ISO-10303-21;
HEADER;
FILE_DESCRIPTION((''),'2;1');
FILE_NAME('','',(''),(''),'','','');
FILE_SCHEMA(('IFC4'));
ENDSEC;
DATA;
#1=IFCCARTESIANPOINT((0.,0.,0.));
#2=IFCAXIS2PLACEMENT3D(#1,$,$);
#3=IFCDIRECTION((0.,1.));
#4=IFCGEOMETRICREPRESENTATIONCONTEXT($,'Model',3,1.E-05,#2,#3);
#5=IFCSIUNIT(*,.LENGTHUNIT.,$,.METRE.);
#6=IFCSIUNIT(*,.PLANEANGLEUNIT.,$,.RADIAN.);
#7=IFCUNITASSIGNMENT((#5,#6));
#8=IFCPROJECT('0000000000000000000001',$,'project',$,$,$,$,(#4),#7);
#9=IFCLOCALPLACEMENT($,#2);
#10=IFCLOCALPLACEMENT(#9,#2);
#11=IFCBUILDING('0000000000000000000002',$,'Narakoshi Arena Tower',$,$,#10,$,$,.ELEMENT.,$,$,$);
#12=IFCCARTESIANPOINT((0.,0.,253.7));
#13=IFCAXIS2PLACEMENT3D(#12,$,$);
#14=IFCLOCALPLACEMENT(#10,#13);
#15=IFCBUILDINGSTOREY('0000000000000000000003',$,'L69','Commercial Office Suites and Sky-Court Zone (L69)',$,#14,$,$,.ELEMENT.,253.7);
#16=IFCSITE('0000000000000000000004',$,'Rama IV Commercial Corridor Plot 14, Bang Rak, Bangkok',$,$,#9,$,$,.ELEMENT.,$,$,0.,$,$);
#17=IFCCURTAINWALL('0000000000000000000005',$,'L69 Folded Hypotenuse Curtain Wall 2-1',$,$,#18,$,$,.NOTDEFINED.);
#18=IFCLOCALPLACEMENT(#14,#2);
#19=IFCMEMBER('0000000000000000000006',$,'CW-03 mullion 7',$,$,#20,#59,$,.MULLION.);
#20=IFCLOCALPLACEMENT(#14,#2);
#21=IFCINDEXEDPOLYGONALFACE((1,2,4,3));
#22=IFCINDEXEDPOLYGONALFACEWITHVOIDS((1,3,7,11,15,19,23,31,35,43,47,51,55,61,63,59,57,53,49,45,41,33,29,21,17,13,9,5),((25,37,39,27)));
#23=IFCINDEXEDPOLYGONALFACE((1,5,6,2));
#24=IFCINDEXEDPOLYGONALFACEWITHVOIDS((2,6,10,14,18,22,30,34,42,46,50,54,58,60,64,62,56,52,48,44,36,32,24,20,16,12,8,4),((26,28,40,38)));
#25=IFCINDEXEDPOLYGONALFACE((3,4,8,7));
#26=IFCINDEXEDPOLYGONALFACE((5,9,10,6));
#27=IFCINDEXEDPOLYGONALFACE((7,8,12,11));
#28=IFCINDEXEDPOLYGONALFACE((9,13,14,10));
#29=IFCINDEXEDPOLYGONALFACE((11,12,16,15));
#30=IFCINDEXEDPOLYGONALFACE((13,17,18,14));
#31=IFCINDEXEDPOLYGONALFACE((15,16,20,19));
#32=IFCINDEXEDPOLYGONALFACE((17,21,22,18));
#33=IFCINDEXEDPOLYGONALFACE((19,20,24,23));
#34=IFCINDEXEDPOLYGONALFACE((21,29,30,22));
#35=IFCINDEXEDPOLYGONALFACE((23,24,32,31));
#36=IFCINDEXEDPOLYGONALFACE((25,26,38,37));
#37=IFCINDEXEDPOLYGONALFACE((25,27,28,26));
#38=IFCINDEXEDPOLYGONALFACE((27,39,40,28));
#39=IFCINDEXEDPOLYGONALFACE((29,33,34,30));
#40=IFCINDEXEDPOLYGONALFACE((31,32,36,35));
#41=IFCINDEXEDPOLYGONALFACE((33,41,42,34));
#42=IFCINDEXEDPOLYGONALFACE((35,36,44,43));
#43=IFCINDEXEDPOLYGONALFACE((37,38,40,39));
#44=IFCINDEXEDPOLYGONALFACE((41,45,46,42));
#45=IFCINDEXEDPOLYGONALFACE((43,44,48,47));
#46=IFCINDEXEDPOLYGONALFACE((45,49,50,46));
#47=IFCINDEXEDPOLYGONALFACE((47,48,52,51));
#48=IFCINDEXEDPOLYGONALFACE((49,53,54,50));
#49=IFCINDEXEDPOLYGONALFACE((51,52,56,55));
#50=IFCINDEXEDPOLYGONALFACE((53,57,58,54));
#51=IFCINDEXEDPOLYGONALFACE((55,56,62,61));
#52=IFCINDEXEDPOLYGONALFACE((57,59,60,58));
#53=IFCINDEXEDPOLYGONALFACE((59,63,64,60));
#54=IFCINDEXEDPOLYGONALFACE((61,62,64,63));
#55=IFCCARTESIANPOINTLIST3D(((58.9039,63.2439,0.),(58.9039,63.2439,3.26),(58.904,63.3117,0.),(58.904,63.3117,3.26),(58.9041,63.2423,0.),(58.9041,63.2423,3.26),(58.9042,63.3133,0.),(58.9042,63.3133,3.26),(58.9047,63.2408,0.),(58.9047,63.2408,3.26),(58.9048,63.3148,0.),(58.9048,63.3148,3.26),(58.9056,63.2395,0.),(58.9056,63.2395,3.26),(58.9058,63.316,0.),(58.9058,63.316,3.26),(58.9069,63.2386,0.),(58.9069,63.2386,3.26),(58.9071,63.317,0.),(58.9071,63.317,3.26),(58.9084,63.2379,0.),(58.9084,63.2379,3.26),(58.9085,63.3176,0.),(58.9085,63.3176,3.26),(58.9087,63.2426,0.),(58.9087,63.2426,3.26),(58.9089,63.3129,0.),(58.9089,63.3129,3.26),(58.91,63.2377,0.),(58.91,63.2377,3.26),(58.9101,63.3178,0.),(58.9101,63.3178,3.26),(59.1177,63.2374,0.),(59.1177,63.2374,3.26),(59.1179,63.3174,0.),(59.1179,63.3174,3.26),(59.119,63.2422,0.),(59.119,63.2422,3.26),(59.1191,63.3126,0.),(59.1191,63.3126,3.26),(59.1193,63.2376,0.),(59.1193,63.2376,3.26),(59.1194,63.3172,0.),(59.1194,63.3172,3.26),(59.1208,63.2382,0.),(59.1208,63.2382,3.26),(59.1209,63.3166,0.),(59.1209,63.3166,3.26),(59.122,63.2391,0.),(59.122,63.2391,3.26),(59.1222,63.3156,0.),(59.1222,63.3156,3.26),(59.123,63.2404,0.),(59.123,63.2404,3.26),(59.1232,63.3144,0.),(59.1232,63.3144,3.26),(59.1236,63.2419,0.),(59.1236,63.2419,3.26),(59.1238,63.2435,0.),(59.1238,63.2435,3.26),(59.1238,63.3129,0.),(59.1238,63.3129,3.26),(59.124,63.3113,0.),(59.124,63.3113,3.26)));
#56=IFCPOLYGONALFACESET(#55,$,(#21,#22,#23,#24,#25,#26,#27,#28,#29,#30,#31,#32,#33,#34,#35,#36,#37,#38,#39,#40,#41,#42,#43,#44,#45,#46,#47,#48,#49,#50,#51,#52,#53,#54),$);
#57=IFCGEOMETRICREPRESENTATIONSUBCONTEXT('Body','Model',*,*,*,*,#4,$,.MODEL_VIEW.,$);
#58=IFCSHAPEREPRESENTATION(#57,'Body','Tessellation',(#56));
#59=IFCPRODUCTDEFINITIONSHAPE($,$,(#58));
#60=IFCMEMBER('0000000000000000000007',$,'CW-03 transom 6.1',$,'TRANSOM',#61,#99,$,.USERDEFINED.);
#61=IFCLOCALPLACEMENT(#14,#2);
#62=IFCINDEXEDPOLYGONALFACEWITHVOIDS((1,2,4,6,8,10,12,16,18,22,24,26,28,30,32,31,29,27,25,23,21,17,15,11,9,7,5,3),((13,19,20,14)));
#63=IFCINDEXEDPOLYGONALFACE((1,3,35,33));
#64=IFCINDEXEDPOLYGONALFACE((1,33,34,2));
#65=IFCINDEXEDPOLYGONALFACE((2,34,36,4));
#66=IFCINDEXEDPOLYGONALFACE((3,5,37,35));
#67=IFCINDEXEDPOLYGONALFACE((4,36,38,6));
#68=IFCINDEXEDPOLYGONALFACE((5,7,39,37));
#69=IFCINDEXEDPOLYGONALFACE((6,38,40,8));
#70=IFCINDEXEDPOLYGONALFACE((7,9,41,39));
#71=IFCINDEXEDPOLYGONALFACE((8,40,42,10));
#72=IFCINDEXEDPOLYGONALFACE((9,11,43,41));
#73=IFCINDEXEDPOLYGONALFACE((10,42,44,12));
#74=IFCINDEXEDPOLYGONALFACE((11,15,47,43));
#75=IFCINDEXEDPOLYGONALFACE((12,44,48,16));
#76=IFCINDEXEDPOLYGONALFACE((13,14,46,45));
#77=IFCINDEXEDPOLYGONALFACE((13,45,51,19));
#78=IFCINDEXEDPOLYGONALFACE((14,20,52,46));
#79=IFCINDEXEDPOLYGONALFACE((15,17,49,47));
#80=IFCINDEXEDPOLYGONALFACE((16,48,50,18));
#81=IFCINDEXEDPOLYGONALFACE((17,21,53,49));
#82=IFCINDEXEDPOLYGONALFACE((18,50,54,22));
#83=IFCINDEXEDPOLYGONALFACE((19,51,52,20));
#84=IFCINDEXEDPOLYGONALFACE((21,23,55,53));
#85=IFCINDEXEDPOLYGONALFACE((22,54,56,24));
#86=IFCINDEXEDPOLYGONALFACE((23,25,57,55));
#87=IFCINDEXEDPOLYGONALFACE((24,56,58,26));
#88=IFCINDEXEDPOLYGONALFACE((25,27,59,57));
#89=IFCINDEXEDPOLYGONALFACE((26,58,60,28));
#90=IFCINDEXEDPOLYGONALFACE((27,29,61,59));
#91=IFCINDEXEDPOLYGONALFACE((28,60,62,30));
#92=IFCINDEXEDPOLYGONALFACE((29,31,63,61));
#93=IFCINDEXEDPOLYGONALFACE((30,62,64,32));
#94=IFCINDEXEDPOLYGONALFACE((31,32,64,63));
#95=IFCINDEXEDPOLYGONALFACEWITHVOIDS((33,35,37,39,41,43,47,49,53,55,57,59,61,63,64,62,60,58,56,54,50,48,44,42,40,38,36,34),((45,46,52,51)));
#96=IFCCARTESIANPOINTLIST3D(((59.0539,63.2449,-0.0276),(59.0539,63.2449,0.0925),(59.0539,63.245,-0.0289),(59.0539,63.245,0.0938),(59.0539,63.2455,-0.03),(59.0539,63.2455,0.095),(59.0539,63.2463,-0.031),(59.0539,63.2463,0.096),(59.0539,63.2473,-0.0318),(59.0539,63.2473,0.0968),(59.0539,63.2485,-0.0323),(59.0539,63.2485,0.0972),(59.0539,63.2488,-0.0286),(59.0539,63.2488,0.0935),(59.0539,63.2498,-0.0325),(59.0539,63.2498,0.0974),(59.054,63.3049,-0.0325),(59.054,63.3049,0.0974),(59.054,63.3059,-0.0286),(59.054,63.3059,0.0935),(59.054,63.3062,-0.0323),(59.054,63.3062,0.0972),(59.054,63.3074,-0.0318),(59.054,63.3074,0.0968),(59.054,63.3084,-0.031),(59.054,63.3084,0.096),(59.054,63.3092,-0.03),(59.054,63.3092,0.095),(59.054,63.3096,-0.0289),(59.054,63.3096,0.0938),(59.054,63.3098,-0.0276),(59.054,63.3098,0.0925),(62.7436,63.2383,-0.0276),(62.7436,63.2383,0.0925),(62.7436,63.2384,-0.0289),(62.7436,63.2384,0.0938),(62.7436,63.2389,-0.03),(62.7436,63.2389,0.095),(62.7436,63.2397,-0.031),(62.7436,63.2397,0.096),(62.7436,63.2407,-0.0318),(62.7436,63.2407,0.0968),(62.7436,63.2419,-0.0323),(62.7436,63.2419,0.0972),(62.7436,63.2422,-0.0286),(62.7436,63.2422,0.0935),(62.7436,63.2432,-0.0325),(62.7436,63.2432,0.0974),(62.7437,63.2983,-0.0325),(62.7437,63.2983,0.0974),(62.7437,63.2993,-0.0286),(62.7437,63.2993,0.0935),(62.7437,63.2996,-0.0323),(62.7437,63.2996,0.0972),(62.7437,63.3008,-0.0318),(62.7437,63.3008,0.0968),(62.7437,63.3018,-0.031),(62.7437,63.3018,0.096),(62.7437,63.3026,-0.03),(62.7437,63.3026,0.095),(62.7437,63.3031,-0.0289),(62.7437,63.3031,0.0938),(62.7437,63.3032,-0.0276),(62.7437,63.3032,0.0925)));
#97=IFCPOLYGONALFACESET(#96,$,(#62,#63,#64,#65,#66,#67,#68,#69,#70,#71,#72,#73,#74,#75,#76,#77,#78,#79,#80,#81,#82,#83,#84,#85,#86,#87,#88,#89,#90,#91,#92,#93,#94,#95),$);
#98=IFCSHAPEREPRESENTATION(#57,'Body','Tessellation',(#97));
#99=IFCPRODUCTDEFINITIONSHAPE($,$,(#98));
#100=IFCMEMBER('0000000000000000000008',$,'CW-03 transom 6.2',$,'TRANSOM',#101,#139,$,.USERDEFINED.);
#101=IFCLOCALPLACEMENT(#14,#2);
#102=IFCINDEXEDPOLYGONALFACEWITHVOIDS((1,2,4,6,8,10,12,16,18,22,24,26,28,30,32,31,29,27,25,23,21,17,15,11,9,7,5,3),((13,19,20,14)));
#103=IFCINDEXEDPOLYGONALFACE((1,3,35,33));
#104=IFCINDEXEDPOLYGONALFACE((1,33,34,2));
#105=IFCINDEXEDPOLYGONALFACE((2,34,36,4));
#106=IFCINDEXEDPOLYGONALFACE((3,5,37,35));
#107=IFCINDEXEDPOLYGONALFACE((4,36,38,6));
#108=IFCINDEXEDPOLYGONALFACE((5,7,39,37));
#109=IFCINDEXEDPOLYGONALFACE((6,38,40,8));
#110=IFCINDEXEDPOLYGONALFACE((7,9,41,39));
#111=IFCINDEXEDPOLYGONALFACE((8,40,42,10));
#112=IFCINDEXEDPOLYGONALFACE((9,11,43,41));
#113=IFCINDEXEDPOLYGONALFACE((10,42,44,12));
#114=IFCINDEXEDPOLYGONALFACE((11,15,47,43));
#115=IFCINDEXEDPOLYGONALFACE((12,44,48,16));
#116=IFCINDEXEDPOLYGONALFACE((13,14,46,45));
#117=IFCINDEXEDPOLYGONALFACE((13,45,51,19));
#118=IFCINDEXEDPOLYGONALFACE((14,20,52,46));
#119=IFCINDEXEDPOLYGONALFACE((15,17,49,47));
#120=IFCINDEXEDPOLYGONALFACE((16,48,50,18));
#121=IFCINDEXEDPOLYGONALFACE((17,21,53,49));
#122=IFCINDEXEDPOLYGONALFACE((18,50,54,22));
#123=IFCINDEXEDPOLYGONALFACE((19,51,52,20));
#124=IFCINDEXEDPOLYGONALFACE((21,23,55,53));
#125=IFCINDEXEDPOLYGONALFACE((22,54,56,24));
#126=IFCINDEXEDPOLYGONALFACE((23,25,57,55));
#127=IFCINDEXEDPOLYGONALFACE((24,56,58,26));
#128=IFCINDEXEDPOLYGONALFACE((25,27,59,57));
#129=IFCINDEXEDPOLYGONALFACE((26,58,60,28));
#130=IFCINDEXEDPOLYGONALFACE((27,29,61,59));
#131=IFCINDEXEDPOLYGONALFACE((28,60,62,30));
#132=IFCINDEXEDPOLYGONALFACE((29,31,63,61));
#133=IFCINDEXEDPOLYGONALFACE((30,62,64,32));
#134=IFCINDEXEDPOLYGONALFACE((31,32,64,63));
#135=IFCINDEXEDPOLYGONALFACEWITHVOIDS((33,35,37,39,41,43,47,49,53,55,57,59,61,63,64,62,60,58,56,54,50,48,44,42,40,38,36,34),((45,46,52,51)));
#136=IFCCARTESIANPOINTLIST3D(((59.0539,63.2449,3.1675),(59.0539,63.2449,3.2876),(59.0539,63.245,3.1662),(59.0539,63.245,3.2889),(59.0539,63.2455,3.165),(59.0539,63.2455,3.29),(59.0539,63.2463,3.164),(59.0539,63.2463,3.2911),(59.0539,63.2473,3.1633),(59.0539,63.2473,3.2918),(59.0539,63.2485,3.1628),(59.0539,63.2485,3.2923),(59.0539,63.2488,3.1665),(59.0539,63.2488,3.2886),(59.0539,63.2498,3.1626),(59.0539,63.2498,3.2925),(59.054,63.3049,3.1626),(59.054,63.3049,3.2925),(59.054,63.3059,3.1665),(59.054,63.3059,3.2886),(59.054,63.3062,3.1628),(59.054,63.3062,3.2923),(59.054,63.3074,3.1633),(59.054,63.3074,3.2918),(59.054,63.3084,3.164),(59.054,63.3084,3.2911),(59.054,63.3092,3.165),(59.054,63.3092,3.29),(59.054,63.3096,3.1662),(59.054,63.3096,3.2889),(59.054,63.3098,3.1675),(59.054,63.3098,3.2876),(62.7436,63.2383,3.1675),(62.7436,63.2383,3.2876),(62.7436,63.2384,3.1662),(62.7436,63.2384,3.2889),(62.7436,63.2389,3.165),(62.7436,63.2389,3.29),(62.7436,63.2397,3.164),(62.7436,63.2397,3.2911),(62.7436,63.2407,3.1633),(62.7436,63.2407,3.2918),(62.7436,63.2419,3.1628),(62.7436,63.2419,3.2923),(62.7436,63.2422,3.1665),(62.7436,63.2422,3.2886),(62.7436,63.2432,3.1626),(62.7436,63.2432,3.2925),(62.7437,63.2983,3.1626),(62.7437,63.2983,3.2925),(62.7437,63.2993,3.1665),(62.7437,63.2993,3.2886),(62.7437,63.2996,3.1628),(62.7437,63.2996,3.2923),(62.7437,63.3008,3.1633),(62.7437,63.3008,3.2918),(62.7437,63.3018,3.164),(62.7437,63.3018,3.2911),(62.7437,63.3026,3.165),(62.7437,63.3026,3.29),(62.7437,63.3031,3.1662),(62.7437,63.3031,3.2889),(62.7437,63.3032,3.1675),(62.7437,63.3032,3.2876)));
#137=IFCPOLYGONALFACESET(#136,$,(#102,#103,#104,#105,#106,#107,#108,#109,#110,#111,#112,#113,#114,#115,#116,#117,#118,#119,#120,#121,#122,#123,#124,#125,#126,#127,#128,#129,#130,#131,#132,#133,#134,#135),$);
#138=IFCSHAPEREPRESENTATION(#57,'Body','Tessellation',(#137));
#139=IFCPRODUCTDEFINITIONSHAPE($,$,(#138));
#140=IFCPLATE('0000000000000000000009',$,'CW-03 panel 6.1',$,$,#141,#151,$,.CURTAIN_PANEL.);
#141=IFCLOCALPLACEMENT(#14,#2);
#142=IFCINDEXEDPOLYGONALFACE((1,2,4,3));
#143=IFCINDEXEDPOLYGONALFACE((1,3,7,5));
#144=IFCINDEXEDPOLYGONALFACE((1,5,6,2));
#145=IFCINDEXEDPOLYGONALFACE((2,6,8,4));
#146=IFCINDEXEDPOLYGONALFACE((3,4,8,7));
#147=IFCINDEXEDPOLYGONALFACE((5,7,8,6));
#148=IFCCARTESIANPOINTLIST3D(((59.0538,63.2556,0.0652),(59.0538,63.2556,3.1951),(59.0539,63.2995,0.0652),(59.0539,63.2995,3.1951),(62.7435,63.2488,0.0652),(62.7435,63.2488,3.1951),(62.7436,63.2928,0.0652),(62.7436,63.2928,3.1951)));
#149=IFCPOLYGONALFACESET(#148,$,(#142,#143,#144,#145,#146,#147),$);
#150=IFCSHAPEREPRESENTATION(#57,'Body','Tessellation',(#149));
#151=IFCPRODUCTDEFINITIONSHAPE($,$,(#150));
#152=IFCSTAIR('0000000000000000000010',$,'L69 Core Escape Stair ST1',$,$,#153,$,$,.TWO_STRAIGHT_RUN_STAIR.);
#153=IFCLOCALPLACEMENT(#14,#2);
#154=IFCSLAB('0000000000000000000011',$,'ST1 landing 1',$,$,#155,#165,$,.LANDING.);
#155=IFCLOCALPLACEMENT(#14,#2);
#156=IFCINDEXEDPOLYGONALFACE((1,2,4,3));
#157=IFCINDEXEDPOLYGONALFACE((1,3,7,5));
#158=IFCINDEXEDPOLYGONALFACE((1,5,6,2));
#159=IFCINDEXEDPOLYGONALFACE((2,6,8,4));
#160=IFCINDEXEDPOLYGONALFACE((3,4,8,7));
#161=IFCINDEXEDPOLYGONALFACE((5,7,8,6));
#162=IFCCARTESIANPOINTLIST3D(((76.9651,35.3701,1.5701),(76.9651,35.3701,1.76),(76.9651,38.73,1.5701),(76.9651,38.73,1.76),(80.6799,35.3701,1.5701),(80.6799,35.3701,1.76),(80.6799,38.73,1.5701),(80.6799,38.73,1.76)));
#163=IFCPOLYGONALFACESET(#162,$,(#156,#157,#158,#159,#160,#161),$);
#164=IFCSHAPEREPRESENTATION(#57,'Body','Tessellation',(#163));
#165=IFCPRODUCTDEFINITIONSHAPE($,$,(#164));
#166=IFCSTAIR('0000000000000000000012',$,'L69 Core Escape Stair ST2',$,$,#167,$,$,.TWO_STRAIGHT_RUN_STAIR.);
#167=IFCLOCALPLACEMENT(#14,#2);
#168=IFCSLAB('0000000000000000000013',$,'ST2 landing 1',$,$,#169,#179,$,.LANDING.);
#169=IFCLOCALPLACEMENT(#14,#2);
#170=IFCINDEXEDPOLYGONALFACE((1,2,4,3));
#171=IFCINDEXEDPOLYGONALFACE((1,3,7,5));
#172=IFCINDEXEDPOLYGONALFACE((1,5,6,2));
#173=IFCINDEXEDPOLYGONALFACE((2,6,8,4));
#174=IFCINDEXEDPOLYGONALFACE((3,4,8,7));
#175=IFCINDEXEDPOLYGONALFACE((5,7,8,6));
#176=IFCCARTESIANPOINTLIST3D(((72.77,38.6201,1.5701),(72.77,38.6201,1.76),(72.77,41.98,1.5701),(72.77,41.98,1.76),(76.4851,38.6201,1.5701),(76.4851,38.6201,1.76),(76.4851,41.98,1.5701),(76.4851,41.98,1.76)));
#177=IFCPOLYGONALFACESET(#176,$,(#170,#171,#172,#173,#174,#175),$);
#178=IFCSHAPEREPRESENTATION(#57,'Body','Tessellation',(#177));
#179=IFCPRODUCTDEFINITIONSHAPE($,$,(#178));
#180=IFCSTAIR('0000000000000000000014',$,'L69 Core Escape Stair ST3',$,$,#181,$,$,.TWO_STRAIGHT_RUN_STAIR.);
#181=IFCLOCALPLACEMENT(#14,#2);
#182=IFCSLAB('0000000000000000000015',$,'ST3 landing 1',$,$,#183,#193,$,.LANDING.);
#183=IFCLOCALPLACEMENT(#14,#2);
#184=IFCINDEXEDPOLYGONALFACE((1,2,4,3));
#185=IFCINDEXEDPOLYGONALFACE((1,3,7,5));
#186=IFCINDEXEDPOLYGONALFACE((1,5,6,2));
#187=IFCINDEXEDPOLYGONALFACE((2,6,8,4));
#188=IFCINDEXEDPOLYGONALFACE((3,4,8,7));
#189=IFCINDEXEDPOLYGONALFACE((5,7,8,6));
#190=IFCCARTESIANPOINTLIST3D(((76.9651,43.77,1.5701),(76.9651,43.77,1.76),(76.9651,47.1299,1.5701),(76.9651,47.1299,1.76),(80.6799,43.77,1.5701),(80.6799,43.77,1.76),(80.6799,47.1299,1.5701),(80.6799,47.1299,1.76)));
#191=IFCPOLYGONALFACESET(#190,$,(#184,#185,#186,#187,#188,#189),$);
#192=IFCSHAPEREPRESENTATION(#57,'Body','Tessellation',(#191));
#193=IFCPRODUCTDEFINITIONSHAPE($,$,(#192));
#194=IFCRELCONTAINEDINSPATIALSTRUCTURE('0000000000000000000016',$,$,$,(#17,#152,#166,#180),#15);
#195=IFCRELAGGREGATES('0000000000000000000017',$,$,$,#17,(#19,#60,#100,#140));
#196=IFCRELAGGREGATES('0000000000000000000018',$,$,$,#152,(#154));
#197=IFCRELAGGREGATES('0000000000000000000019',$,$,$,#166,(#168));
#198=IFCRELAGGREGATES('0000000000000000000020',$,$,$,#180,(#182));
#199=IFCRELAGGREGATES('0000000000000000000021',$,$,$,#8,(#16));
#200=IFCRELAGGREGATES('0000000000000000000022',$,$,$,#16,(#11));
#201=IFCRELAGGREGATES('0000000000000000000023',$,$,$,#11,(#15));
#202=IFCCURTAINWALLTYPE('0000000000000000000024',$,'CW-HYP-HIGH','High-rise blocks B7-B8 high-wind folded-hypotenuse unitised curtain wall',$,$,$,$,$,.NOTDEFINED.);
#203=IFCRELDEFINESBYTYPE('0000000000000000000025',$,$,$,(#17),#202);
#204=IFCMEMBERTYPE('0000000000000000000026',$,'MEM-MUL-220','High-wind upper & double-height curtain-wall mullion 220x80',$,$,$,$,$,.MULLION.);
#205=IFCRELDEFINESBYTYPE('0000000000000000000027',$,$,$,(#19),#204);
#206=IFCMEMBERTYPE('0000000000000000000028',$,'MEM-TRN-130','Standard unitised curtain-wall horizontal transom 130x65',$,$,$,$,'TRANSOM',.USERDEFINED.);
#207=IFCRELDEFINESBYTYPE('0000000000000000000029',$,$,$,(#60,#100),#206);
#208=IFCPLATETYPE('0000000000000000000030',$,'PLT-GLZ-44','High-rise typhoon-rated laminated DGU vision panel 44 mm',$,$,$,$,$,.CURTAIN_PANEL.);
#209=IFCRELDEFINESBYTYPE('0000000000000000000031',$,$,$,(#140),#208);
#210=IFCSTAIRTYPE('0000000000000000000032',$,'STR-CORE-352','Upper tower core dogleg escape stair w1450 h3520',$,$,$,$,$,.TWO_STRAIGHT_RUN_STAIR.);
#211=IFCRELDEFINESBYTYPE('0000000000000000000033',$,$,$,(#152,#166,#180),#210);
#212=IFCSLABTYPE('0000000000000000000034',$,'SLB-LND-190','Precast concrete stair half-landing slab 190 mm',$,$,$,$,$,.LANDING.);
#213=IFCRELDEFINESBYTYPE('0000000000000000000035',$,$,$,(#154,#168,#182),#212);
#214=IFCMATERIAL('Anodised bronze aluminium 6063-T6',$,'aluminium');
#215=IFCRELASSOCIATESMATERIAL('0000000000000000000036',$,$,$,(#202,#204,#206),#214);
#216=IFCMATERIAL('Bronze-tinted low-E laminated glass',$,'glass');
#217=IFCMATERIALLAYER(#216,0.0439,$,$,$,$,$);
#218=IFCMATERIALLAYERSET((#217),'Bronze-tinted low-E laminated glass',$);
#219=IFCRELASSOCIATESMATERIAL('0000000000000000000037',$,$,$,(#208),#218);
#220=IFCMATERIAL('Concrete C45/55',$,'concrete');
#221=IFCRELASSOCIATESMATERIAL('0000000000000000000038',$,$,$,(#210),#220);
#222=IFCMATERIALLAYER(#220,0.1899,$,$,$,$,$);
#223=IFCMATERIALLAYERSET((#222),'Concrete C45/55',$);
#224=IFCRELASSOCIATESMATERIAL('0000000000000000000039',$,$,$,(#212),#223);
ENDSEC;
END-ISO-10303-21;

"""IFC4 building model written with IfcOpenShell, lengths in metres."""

from ifc_helpers import new_model, si_unit, direction, frame, origin, origin_2d, place, context, subcontext, project, spatial, polyline, rectangle, hollow_rectangle, outline, extrude, material, layer, layer_set, material_profile, profile_set, type_object, element, aggregate, save


model = new_model("IFC4")

# Units and contexts
model_context = context("Model", 3, precision=1e-05, world=origin(), true_north=direction((0.0, 1.0)))
body_context = subcontext(model_context, "Body", "Model", "MODEL_VIEW")
ifc_project = project(units=[si_unit("LENGTHUNIT", "METRE"), si_unit("PLANEANGLEUNIT", "RADIAN")], contexts=[model_context])

# Site, building, storey
site_placement = place(None, origin())
site = spatial("IfcSite", under=ifc_project, at=site_placement, Name="Rama IV Commercial Corridor Plot 14, Bang Rak, Bangkok", CompositionType="ELEMENT", RefElevation=0.0)
building_placement = place(site_placement, origin())
building = spatial("IfcBuilding", under=site, at=building_placement, Name="Narakoshi Arena Tower", CompositionType="ELEMENT")
storey_placement = place(building_placement, frame((0.0, 0.0, 253.7)))
storey = spatial("IfcBuildingStorey", under=building, at=storey_placement, Name="L69", Description="Commercial Office Suites and Sky-Court Zone (L69)", CompositionType="ELEMENT", Elevation=253.7)

# Curtain wall, members, plate
ifc_material_1 = material(Name="Anodised bronze aluminium 6063-T6", Category="aluminium")
curtain_wall_type = type_object("IfcCurtainWallType", Name="CW-HYP-HIGH", Description="High-rise blocks B7-B8 high-wind folded-hypotenuse unitised curtain wall", PredefinedType="NOTDEFINED", material=ifc_material_1)
curtain_wall_placement = place(storey_placement, origin())
curtain_wall = element("IfcCurtainWall", 1, at=curtain_wall_placement, inside=storey, type_object=curtain_wall_type, Name="L69 Folded Hypotenuse Curtain Wall 2-1", PredefinedType="NOTDEFINED")
ifc_material_profile_1 = material_profile(ifc_material_1, hollow_rectangle(XDim=0.0801, YDim=0.22, WallThickness=0.0049, OuterFilletRadius=0.0061, at=origin_2d()), Name="MUL220x80x5")
ifc_profile_set_1 = profile_set([ifc_material_profile_1], Name="Anodised bronze aluminium 6063-T6")
member_type_1 = type_object("IfcMemberType", Name="MEM-MUL-220", Description="High-wind upper & double-height curtain-wall mullion 220x80", PredefinedType="MULLION", material=ifc_profile_set_1)
member_1_placement = place(storey_placement, frame((59.0139, 63.2776, 0.0), z_axis=(0.0, 0.0, 1.0), x_axis=(-0.00182, -0.999998, 0.0)))
member_1 = element("IfcMember", 2, at=member_1_placement, type_object=member_type_1, Name="CW-03 mullion 7", PredefinedType="MULLION", context=body_context, shape_type="SweptSolid", body=[
    extrude(hollow_rectangle(XDim=0.0801, YDim=0.22, WallThickness=0.0049, OuterFilletRadius=0.0061, at=origin_2d()), origin(), (0.0, 0.0, 1.0), 3.26),
])
ifc_material_profile_2 = material_profile(ifc_material_1, hollow_rectangle(XDim=0.0649, YDim=0.1299, WallThickness=0.0039, OuterFilletRadius=0.0049, at=origin_2d()), Name="TRN130x65x4")
ifc_profile_set_2 = profile_set([ifc_material_profile_2], Name="Anodised bronze aluminium 6063-T6")
member_type_2 = type_object("IfcMemberType", Name="MEM-TRN-130", Description="Standard unitised curtain-wall horizontal transom 130x65", ElementType="TRANSOM", PredefinedType="USERDEFINED", material=ifc_profile_set_2)
member_2_placement = place(storey_placement, frame((62.7437, 63.2708, 0.0325), z_axis=(-0.999998, 0.001787, 0.0), x_axis=(-0.001787, -0.999998, 0.0)))
member_2 = element("IfcMember", 3, at=member_2_placement, type_object=member_type_2, Name="CW-03 transom 6.1", ObjectType="TRANSOM", PredefinedType="USERDEFINED", context=body_context, shape_type="SweptSolid", body=[
    extrude(hollow_rectangle(XDim=0.0649, YDim=0.1299, WallThickness=0.0039, OuterFilletRadius=0.0049, at=origin_2d()), origin(), (0.0, 0.0, 1.0), 3.6897),
])
member_3_placement = place(storey_placement, frame((62.7437, 63.2708, 3.2275), z_axis=(-0.999998, 0.001787, 0.0), x_axis=(-0.001787, -0.999998, 0.0)))
member_3 = element("IfcMember", 4, at=member_3_placement, type_object=member_type_2, Name="CW-03 transom 6.2", ObjectType="TRANSOM", PredefinedType="USERDEFINED", context=body_context, shape_type="SweptSolid", body=[
    extrude(hollow_rectangle(XDim=0.0649, YDim=0.1299, WallThickness=0.0039, OuterFilletRadius=0.0049, at=origin_2d()), origin(), (0.0, 0.0, 1.0), 3.6897),
])
ifc_material_2 = material(Name="Bronze-tinted low-E laminated glass", Category="glass")
ifc_layer_1 = layer(ifc_material_2, 0.0439)
ifc_layer_set_1 = layer_set([ifc_layer_1], Name="Bronze-tinted low-E laminated glass")
plate_type = type_object("IfcPlateType", Name="PLT-GLZ-44", Description="High-rise typhoon-rated laminated DGU vision panel 44 mm", PredefinedType="CURTAIN_PANEL", material=ifc_layer_set_1)
plate_placement = place(storey_placement, frame((60.8987, 63.2742, 0.0652), z_axis=(0.0, 0.0, 1.0), x_axis=(-0.999998, 0.00182, 0.0)))
plate = element("IfcPlate", 5, at=plate_placement, type_object=plate_type, Name="CW-03 panel 6.1", PredefinedType="CURTAIN_PANEL", context=body_context, shape_type="SweptSolid", body=[
    extrude(rectangle(XDim=3.6897, YDim=0.0439, at=origin_2d()), origin(), (0.0, 0.0, 1.0), 3.1299),
])
aggregate(curtain_wall, [member_1, member_2, member_3, plate])

# Stairs, slabs
ifc_material_3 = material(Name="Concrete C45/55", Category="concrete")
stair_type = type_object("IfcStairType", Name="STR-CORE-352", Description="Upper tower core dogleg escape stair w1450 h3520", PredefinedType="TWO_STRAIGHT_RUN_STAIR", material=ifc_material_3)
stair_1_placement = place(storey_placement, origin())
stair_1 = element("IfcStair", 6, at=stair_1_placement, inside=storey, type_object=stair_type, Name="L69 Core Escape Stair ST1", PredefinedType="TWO_STRAIGHT_RUN_STAIR")
ifc_layer_2 = layer(ifc_material_3, 0.1899)
ifc_layer_set_2 = layer_set([ifc_layer_2], Name="Concrete C45/55")
slab_type_1 = type_object("IfcSlabType", Name="SLB-LND-190", Description="Precast concrete stair half-landing slab 190 mm", PredefinedType="LANDING", material=ifc_layer_set_2)
slab_1_placement = place(storey_placement, frame((0.0, 0.0, 1.5701)))
slab_1 = element("IfcSlab", 7, at=slab_1_placement, type_object=slab_type_1, Name="ST1 landing 1", PredefinedType="LANDING", context=body_context, shape_type="SweptSolid", body=[
    extrude(outline(polyline([(76.9651, 35.3701), (80.6799, 35.3701), (80.6799, 38.73), (76.9651, 38.73), (76.9651, 35.3701)])), origin(), (0.0, 0.0, 1.0), 0.1899),
])
aggregate(stair_1, [slab_1])
stair_2_placement = place(storey_placement, origin())
stair_2 = element("IfcStair", 8, at=stair_2_placement, inside=storey, type_object=stair_type, Name="L69 Core Escape Stair ST2", PredefinedType="TWO_STRAIGHT_RUN_STAIR")
slab_2_placement = place(storey_placement, frame((0.0, 0.0, 1.5701)))
slab_2 = element("IfcSlab", 9, at=slab_2_placement, type_object=slab_type_1, Name="ST2 landing 1", PredefinedType="LANDING", context=body_context, shape_type="SweptSolid", body=[
    extrude(outline(polyline([(72.77, 38.6201), (76.4851, 38.6201), (76.4851, 41.98), (72.77, 41.98), (72.77, 38.6201)])), origin(), (0.0, 0.0, 1.0), 0.1899),
])
aggregate(stair_2, [slab_2])
stair_3_placement = place(storey_placement, origin())
stair_3 = element("IfcStair", 10, at=stair_3_placement, inside=storey, type_object=stair_type, Name="L69 Core Escape Stair ST3", PredefinedType="TWO_STRAIGHT_RUN_STAIR")
slab_3_placement = place(storey_placement, frame((0.0, 0.0, 1.5701)))
slab_3 = element("IfcSlab", 11, at=slab_3_placement, type_object=slab_type_1, Name="ST3 landing 1", PredefinedType="LANDING", context=body_context, shape_type="SweptSolid", body=[
    extrude(outline(polyline([(76.9651, 43.77), (80.6799, 43.77), (80.6799, 47.1299), (76.9651, 47.1299), (76.9651, 43.77)])), origin(), (0.0, 0.0, 1.0), 0.1899),
])
aggregate(stair_3, [slab_3])

save(model, "model.ifc")
